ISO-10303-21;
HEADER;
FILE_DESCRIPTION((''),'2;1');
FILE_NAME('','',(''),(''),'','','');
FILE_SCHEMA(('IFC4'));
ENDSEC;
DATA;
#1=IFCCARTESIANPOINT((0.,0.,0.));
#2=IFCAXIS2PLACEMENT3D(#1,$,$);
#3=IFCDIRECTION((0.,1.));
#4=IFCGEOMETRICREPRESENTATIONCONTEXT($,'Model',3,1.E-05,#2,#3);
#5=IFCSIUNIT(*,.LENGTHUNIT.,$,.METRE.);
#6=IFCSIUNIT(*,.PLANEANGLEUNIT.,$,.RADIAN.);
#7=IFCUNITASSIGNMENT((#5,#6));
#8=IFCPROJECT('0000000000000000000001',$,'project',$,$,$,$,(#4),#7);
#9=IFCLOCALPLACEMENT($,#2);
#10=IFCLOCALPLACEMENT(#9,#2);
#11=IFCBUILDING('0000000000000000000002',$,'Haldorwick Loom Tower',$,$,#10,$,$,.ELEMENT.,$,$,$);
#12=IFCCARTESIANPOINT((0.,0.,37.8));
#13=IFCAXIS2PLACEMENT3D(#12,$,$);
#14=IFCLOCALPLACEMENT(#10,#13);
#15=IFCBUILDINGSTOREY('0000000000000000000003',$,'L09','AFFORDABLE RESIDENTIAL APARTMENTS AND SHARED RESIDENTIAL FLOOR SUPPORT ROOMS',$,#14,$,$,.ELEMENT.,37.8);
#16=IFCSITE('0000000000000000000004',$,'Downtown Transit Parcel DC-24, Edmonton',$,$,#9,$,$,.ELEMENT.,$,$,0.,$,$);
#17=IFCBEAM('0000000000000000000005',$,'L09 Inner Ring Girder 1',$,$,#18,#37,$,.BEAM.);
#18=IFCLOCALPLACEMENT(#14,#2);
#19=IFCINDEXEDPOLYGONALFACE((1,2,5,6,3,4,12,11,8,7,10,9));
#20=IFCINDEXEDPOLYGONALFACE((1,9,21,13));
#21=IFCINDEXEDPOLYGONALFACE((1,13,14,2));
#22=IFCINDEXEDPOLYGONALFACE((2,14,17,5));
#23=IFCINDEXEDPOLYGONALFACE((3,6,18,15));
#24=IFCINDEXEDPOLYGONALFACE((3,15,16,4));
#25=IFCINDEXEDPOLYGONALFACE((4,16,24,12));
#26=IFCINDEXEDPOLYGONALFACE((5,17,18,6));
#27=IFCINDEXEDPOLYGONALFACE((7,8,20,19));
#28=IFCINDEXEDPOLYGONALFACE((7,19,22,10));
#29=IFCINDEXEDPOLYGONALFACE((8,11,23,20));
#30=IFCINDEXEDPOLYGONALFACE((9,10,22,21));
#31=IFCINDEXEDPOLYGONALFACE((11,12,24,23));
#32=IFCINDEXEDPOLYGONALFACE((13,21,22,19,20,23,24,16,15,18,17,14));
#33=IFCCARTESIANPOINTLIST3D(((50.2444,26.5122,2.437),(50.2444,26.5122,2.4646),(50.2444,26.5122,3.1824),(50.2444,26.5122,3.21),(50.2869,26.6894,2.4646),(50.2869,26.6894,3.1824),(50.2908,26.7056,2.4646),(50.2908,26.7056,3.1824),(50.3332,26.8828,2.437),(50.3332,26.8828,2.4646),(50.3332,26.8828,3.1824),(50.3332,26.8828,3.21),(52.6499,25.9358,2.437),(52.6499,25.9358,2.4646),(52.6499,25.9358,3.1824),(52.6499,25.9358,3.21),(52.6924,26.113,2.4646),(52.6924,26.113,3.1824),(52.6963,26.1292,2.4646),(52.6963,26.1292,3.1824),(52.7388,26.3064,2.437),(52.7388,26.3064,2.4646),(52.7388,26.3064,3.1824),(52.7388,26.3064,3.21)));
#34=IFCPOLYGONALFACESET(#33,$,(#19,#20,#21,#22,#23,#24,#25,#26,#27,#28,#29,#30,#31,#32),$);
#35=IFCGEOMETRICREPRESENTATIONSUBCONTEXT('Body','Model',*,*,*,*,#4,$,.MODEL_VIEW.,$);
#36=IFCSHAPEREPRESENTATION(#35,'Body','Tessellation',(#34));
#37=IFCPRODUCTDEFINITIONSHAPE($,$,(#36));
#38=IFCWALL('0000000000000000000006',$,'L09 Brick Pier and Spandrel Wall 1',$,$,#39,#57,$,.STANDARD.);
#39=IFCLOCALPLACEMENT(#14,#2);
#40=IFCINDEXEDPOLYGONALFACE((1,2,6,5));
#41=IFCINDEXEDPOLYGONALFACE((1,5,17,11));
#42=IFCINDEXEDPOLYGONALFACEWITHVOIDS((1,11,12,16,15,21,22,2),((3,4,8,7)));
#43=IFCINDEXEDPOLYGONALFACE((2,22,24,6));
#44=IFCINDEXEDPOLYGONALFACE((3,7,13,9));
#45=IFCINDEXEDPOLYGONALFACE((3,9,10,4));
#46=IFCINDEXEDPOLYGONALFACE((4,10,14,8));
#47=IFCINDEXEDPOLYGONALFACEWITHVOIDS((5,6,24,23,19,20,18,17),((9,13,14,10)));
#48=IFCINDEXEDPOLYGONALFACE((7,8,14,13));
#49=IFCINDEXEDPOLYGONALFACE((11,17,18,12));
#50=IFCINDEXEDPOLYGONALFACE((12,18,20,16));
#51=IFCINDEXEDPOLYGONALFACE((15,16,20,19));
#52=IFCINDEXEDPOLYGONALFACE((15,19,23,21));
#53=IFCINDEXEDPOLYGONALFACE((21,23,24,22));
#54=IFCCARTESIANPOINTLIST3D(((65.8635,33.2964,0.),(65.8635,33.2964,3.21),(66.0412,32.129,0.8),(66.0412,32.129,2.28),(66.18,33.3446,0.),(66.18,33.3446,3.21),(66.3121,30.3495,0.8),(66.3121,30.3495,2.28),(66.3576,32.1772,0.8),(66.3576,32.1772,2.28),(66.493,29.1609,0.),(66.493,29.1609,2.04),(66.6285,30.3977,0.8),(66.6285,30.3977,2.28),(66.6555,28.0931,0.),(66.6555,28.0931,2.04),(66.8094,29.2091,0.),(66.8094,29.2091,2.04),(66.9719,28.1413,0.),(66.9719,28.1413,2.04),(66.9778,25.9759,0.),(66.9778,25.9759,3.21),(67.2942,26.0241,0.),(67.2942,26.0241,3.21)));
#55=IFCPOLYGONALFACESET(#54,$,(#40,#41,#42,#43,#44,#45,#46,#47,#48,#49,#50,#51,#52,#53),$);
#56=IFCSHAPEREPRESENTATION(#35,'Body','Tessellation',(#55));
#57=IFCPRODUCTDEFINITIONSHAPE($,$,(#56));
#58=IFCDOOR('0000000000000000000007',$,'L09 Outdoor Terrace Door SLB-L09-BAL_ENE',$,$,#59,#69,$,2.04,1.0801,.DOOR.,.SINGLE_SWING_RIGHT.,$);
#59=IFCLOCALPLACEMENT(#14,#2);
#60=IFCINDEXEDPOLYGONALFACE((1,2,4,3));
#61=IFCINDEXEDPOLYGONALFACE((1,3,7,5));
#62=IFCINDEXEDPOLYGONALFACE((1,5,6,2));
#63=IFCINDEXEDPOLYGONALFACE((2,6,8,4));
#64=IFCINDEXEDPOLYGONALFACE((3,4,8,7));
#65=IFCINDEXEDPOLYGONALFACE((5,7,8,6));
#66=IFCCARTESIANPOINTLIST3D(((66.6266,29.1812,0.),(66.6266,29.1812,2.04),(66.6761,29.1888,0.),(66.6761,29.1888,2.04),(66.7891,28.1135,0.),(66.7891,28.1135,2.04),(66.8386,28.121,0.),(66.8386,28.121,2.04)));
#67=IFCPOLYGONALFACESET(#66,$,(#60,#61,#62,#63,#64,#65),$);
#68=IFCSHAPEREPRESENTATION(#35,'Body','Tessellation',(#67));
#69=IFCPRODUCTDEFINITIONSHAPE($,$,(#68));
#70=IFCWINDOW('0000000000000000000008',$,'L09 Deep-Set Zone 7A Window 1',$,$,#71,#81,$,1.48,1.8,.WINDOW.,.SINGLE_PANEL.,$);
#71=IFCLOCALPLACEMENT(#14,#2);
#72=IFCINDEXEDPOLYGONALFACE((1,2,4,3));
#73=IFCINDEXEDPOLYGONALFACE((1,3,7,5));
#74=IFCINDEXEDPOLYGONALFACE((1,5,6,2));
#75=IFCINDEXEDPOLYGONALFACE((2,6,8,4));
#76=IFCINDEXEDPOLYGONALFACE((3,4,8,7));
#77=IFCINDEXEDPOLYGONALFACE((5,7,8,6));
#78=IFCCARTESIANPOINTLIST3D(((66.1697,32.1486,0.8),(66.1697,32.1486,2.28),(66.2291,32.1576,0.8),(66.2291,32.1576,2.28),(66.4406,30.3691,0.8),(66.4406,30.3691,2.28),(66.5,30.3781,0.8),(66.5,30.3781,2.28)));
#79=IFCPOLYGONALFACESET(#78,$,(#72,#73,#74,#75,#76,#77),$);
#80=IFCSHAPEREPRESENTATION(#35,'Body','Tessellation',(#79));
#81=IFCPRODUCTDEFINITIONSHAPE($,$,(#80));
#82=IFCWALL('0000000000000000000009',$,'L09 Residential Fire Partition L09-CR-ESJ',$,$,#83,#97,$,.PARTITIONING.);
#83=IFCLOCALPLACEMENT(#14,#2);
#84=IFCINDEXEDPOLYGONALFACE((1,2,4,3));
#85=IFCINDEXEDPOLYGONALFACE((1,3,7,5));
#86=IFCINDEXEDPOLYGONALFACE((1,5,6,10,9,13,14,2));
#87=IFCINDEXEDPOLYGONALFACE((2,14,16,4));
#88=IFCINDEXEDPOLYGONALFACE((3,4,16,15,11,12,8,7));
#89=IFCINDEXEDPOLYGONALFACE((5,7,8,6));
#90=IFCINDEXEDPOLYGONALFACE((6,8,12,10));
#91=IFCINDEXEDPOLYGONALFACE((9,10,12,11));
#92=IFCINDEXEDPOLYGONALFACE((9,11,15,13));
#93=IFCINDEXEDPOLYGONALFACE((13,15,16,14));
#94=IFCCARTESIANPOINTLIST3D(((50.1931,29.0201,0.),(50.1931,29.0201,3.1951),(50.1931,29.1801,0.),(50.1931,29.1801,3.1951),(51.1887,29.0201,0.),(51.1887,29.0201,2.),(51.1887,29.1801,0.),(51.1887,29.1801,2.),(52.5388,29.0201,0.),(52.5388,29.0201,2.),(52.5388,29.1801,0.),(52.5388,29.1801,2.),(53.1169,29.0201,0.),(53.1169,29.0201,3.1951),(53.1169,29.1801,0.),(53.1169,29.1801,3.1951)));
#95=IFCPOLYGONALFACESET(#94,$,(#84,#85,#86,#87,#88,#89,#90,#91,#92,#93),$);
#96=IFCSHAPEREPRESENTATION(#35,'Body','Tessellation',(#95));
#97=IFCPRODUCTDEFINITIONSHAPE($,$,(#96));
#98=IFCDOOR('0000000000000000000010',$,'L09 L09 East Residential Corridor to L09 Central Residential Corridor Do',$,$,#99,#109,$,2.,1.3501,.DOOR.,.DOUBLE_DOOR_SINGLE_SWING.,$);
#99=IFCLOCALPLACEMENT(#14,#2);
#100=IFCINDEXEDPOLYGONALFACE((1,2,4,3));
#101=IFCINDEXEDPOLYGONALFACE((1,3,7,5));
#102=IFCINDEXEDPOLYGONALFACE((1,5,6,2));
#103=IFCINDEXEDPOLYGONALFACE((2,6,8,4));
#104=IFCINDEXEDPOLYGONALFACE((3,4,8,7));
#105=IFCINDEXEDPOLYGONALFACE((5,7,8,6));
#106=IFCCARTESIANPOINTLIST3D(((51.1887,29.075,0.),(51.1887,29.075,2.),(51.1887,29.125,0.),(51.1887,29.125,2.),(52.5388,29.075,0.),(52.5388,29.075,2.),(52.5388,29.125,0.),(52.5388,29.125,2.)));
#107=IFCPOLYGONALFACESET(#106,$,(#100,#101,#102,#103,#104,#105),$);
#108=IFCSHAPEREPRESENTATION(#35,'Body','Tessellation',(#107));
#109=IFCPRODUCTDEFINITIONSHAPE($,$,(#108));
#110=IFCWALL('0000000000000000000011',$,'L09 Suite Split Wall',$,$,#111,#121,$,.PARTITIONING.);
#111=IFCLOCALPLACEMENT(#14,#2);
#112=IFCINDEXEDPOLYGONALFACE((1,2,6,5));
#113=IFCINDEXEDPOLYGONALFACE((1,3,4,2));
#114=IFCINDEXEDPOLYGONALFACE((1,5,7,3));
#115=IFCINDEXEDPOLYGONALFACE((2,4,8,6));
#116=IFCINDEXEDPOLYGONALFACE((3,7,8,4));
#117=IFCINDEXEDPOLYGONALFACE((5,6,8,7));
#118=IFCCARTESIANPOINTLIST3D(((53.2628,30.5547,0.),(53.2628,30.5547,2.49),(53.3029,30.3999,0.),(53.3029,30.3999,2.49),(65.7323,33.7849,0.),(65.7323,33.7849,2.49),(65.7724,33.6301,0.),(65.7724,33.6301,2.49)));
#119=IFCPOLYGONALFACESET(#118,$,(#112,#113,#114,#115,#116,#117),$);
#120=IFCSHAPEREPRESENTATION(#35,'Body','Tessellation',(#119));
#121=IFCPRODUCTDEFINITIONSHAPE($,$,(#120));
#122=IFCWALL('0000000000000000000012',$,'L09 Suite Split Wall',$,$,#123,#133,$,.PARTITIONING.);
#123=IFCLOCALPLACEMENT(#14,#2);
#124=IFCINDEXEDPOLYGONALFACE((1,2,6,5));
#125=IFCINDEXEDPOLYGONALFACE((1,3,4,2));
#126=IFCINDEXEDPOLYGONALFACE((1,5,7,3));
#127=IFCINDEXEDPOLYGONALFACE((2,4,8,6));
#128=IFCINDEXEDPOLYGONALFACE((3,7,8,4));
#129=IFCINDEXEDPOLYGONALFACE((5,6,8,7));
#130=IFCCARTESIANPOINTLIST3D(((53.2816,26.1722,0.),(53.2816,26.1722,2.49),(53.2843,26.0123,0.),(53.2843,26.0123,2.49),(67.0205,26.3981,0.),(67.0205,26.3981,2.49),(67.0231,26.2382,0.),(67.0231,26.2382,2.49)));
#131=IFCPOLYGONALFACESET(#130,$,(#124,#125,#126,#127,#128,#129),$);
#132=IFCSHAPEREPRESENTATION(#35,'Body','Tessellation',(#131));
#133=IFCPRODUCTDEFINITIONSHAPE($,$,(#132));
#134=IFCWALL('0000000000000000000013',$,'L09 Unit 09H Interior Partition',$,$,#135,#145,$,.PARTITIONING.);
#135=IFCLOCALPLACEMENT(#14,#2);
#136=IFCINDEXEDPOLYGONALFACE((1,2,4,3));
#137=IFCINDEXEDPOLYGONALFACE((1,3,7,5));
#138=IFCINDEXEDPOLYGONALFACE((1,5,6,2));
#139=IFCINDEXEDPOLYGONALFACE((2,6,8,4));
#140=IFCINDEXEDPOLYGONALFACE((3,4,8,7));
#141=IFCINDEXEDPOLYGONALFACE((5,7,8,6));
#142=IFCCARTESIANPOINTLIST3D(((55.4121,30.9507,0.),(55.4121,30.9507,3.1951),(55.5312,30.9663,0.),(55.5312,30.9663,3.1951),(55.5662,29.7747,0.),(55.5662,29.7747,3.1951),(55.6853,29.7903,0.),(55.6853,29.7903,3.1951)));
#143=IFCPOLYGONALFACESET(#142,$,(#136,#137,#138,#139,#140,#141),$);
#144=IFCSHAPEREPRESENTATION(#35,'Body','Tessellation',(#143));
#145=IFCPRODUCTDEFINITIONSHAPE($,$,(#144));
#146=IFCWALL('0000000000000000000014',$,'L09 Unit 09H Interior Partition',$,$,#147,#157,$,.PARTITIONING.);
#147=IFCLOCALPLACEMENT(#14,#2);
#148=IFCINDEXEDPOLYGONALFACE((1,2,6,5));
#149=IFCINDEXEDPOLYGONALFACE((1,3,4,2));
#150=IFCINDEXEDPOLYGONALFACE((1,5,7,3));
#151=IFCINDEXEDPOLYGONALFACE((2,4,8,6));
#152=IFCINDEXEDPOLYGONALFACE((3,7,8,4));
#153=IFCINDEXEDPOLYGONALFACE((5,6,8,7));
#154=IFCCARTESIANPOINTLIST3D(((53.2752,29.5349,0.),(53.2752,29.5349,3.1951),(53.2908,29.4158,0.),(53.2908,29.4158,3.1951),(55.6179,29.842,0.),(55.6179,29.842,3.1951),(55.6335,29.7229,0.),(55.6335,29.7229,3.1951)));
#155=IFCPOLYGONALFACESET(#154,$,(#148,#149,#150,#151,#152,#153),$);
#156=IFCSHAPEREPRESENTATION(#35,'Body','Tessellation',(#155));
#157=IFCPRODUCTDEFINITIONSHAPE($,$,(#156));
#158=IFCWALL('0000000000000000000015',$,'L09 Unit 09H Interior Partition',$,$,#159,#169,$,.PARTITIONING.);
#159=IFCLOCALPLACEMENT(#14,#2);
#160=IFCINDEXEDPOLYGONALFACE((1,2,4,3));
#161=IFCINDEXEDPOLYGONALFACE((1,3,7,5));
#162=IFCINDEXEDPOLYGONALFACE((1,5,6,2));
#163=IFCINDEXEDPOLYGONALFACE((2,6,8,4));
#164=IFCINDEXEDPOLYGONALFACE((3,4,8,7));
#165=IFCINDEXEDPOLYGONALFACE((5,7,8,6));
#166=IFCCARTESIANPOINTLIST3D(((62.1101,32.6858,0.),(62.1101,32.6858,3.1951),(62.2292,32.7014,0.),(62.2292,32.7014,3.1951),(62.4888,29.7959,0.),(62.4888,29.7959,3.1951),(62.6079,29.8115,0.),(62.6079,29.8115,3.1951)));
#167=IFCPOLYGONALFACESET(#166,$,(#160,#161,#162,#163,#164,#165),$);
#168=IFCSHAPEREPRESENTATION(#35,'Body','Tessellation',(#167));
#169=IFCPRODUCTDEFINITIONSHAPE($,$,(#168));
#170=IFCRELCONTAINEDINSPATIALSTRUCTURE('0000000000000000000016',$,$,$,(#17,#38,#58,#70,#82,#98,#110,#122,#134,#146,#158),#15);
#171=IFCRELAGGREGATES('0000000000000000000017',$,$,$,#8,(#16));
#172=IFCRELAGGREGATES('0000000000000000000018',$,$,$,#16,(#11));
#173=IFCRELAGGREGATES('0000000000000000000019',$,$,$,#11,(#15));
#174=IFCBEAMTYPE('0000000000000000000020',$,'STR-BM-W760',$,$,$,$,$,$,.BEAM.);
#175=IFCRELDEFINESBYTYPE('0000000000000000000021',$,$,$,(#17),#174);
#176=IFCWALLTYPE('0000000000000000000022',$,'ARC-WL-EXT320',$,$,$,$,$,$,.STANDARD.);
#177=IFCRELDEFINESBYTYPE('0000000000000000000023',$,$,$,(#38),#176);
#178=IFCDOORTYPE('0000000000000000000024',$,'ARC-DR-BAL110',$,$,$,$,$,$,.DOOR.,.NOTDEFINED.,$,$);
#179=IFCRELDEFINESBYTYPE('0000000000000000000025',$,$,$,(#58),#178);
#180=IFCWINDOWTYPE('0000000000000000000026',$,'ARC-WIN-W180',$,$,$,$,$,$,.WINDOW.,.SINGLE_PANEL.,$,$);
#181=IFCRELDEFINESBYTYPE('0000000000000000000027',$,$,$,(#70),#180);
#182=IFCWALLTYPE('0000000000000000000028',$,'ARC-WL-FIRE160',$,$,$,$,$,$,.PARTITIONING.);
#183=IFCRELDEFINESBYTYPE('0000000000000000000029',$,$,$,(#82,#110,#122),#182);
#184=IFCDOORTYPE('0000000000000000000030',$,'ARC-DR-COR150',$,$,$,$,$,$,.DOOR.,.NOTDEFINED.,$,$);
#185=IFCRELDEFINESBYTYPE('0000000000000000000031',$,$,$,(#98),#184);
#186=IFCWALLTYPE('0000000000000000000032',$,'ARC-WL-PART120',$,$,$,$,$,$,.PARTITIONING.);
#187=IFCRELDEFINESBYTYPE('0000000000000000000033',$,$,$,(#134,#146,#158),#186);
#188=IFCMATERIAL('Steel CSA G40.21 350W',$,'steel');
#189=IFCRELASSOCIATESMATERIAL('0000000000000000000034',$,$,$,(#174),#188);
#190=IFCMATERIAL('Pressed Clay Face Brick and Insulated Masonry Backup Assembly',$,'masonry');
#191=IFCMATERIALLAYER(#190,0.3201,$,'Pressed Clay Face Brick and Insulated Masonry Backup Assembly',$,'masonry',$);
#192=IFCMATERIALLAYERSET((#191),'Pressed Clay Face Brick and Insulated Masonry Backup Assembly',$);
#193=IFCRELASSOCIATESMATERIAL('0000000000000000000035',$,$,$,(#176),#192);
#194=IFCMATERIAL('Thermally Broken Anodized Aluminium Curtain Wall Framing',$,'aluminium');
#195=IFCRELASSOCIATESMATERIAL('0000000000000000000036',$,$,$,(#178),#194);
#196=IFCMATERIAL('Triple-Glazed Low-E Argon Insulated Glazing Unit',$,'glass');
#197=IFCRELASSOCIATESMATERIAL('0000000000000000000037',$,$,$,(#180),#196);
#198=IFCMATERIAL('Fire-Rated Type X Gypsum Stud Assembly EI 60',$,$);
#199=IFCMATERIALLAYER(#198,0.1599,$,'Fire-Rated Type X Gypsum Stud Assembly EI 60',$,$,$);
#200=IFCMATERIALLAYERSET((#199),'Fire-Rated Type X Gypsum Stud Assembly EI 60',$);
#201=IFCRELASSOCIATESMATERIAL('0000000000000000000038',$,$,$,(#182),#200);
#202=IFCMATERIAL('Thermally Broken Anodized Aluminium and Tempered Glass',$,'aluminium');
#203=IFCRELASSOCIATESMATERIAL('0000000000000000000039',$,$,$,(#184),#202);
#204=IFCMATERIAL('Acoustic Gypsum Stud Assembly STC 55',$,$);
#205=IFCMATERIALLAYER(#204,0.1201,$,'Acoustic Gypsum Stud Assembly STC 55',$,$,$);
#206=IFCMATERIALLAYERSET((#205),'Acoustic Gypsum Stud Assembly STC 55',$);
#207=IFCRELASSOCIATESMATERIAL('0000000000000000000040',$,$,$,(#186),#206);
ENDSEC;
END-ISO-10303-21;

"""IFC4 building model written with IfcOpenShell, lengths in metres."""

from ifc_helpers import new_model, si_unit, direction, frame, frame_2d, origin, origin_2d, place, context, subcontext, project, spatial, rectangle, i_section, extrude, material, layer, layer_set, material_profile, profile_set, type_object, element, fill, save


model = new_model("IFC4")

# Units and contexts
model_context = context("Model", 3, precision=1e-05, world=origin(), true_north=direction((0.0, 1.0)))
body_context = subcontext(model_context, "Body", "Model", "MODEL_VIEW")
ifc_project = project(units=[si_unit("LENGTHUNIT", "METRE"), si_unit("PLANEANGLEUNIT", "RADIAN")], contexts=[model_context])

# Site, building, storey
site_placement = place(None, origin())
site = spatial("IfcSite", under=ifc_project, at=site_placement, Name="Downtown Transit Parcel DC-24, Edmonton", CompositionType="ELEMENT", RefElevation=0.0)
building_placement = place(site_placement, origin())
building = spatial("IfcBuilding", under=site, at=building_placement, Name="Haldorwick Loom Tower", CompositionType="ELEMENT")
storey_placement = place(building_placement, frame((0.0, 0.0, 37.8)))
storey = spatial("IfcBuildingStorey", under=building, at=storey_placement, Name="L09", Description="AFFORDABLE RESIDENTIAL APARTMENTS AND SHARED RESIDENTIAL FLOOR SUPPORT ROOMS", CompositionType="ELEMENT", Elevation=37.8)

# Beam
ifc_material_1 = material(Name="Steel CSA G40.21 350W", Category="steel")
ifc_material_profile_1 = material_profile(ifc_material_1, i_section(OverallWidth=0.3811, OverallDepth=0.7729, WebThickness=0.0166, FlangeThickness=0.0276, at=origin_2d()), Name="W760X257", Category="steel")
ifc_profile_set_1 = profile_set([ifc_material_profile_1], Name="Steel CSA G40.21 350W")
beam_type_1 = type_object("IfcBeamType", Name="STR-BM-W760", PredefinedType="BEAM", material=ifc_profile_set_1)
beam_1_placement = place(storey_placement, frame((50.2888, 26.6975, 2.8235), z_axis=(0.972471, -0.233026, 0.0), x_axis=(0.233026, 0.972471, 0.0)))
element("IfcBeam", 1, at=beam_1_placement, inside=storey, type_object=beam_type_1, Name="L09 Inner Ring Girder 1", PredefinedType="BEAM", context=body_context, shape_type="SweptSolid", body=[
    extrude(i_section(OverallWidth=0.3811, OverallDepth=0.7729, WebThickness=0.0166, FlangeThickness=0.0276, at=origin_2d()), origin(), (0.0, 0.0, 1.0), 2.4736),
])

# Wall, openings, door, window
ifc_material_2 = material(Name="Pressed Clay Face Brick and Insulated Masonry Backup Assembly", Category="masonry")
ifc_layer_1 = layer(ifc_material_2, 0.3201, Name="Pressed Clay Face Brick and Insulated Masonry Backup Assembly", Category="masonry")
ifc_layer_set_1 = layer_set([ifc_layer_1], Name="Pressed Clay Face Brick and Insulated Masonry Backup Assembly")
wall_type_1 = type_object("IfcWallType", Name="ARC-WL-EXT320", PredefinedType="STANDARD", material=ifc_layer_set_1)
wall_1_placement = place(storey_placement, frame((67.136, 26.0, 0.0), z_axis=(0.0, 0.0, 1.0), x_axis=(-0.150476, 0.988614, 0.0)))
wall_1 = element("IfcWall", 2, at=wall_1_placement, inside=storey, type_object=wall_type_1, Name="L09 Brick Pier and Spandrel Wall 1", PredefinedType="STANDARD", context=body_context, shape_type="SweptSolid", body=[
    extrude(rectangle(XDim=7.4048, YDim=0.3201, at=frame_2d((3.7024, 0.0))), origin(), (0.0, 0.0, 1.0), 3.21),
])
opening_1_placement = place(wall_1_placement, frame((2.1416, 0.0, 0.0)))
opening_1 = element("IfcOpeningElement", 3, at=opening_1_placement, cuts=wall_1, PredefinedType="OPENING", context=body_context, shape_type="SweptSolid", body=[
    extrude(rectangle(XDim=1.0801, YDim=2.04, at=frame_2d((0.54, 1.02))), frame((0.0, 0.1699, 0.0), z_axis=(0.0, -1.0, 0.0), x_axis=(1.0, 0.0, 0.0)), (0.0, 0.0, 1.0), 0.3401),
])
opening_2_placement = place(wall_1_placement, frame((4.4241, 0.0, 0.8)))
opening_2 = element("IfcOpeningElement", 4, at=opening_2_placement, cuts=wall_1, PredefinedType="OPENING", context=body_context, shape_type="SweptSolid", body=[
    extrude(rectangle(XDim=1.8, YDim=1.48, at=frame_2d((0.8999, 0.74))), frame((0.0, 0.1699, 0.0), z_axis=(0.0, -1.0, 0.0), x_axis=(1.0, 0.0, 0.0)), (0.0, 0.0, 1.0), 0.3401),
])
ifc_material_3 = material(Name="Thermally Broken Anodized Aluminium Curtain Wall Framing", Category="aluminium")
door_type_1 = type_object("IfcDoorType", Name="ARC-DR-BAL110", OperationType="NOTDEFINED", PredefinedType="DOOR", material=ifc_material_3)
door_1_placement = place(opening_1_placement, origin())
door_1 = element("IfcDoor", 5, at=door_1_placement, inside=storey, type_object=door_type_1, Name="L09 Outdoor Terrace Door SLB-L09-BAL_ENE", OperationType="SINGLE_SWING_RIGHT", OverallHeight=2.04, OverallWidth=1.0801, PredefinedType="DOOR", context=body_context, shape_type="SweptSolid", body=[
    extrude(rectangle(XDim=1.0801, YDim=2.04, at=frame_2d((0.54, 1.02))), frame((0.0, 0.0249, 0.0), z_axis=(0.0, -1.0, 0.0), x_axis=(1.0, 0.0, 0.0)), (0.0, 0.0, 1.0), 0.05),
])
fill(opening_1, door_1)
ifc_material_4 = material(Name="Triple-Glazed Low-E Argon Insulated Glazing Unit", Category="glass")
window_type = type_object("IfcWindowType", Name="ARC-WIN-W180", PartitioningType="SINGLE_PANEL", PredefinedType="WINDOW", material=ifc_material_4)
window_placement = place(opening_2_placement, origin())
window = element("IfcWindow", 6, at=window_placement, inside=storey, type_object=window_type, Name="L09 Deep-Set Zone 7A Window 1", OverallHeight=1.48, OverallWidth=1.8, PartitioningType="SINGLE_PANEL", PredefinedType="WINDOW", context=body_context, shape_type="SweptSolid", body=[
    extrude(rectangle(XDim=1.8, YDim=1.48, at=frame_2d((0.8999, 0.74))), frame((0.0, 0.03, 0.0), z_axis=(0.0, -1.0, 0.0), x_axis=(1.0, 0.0, 0.0)), (0.0, 0.0, 1.0), 0.0601),
])
fill(opening_2, window)

# Wall, opening, door
ifc_material_5 = material(Name="Fire-Rated Type X Gypsum Stud Assembly EI 60")
ifc_layer_2 = layer(ifc_material_5, 0.1599, Name="Fire-Rated Type X Gypsum Stud Assembly EI 60")
ifc_layer_set_2 = layer_set([ifc_layer_2], Name="Fire-Rated Type X Gypsum Stud Assembly EI 60")
wall_type_2 = type_object("IfcWallType", Name="ARC-WL-FIRE160", PredefinedType="PARTITIONING", material=ifc_layer_set_2)
wall_2_placement = place(storey_placement, frame((50.1931, 29.1001, 0.0), z_axis=(0.0, 0.0, 1.0), x_axis=(1.0, 0.0, 0.0)))
wall_2 = element("IfcWall", 7, at=wall_2_placement, inside=storey, type_object=wall_type_2, Name="L09 Residential Fire Partition L09-CR-ESJ", PredefinedType="PARTITIONING", context=body_context, shape_type="SweptSolid", body=[
    extrude(rectangle(XDim=2.9238, YDim=0.1599, at=frame_2d((1.4619, 0.0))), origin(), (0.0, 0.0, 1.0), 3.1951),
])
opening_3_placement = place(wall_2_placement, frame((0.9956, 0.0, 0.0)))
opening_3 = element("IfcOpeningElement", 8, at=opening_3_placement, cuts=wall_2, PredefinedType="OPENING", context=body_context, shape_type="SweptSolid", body=[
    extrude(rectangle(XDim=1.3501, YDim=2.0, at=frame_2d((0.675, 1.0))), frame((0.0, 0.0898, 0.0), z_axis=(0.0, -1.0, 0.0), x_axis=(1.0, 0.0, 0.0)), (0.0, 0.0, 1.0), 0.1799),
])
ifc_material_6 = material(Name="Thermally Broken Anodized Aluminium and Tempered Glass", Category="aluminium")
door_type_2 = type_object("IfcDoorType", Name="ARC-DR-COR150", OperationType="NOTDEFINED", PredefinedType="DOOR", material=ifc_material_6)
door_2_placement = place(opening_3_placement, origin())
door_2 = element("IfcDoor", 9, at=door_2_placement, inside=storey, type_object=door_type_2, Name="L09 L09 East Residential Corridor to L09 Central Residential Corridor Do", OperationType="DOUBLE_DOOR_SINGLE_SWING", OverallHeight=2.0, OverallWidth=1.3501, PredefinedType="DOOR", context=body_context, shape_type="SweptSolid", body=[
    extrude(rectangle(XDim=1.3501, YDim=2.0, at=frame_2d((0.675, 1.0))), frame((0.0, 0.0249, 0.0), z_axis=(0.0, -1.0, 0.0), x_axis=(1.0, 0.0, 0.0)), (0.0, 0.0, 1.0), 0.05),
])
fill(opening_3, door_2)

# Walls
wall_3_placement = place(storey_placement, frame((53.283, 30.4773, 0.0), z_axis=(0.0, 0.0, 1.0), x_axis=(0.968046, 0.250773, 0.0)))
element("IfcWall", 10, at=wall_3_placement, inside=storey, type_object=wall_type_2, Name="L09 Suite Split Wall", PredefinedType="PARTITIONING", context=body_context, shape_type="SweptSolid", body=[
    extrude(rectangle(XDim=12.8811, YDim=0.1599, at=frame_2d((6.4404, 0.0))), origin(), (0.0, 0.0, 1.0), 2.49),
])
wall_4_placement = place(storey_placement, frame((53.283, 26.0923, 0.0), z_axis=(0.0, 0.0, 1.0), x_axis=(0.999865, 0.016435, 0.0)))
element("IfcWall", 11, at=wall_4_placement, inside=storey, type_object=wall_type_2, Name="L09 Suite Split Wall", PredefinedType="PARTITIONING", context=body_context, shape_type="SweptSolid", body=[
    extrude(rectangle(XDim=13.7407, YDim=0.1599, at=frame_2d((6.8704, 0.0))), origin(), (0.0, 0.0, 1.0), 2.49),
])
ifc_material_7 = material(Name="Acoustic Gypsum Stud Assembly STC 55")
ifc_layer_3 = layer(ifc_material_7, 0.1201, Name="Acoustic Gypsum Stud Assembly STC 55")
ifc_layer_set_3 = layer_set([ifc_layer_3], Name="Acoustic Gypsum Stud Assembly STC 55")
wall_type_3 = type_object("IfcWallType", Name="ARC-WL-PART120", PredefinedType="PARTITIONING", material=ifc_layer_set_3)
wall_5_placement = place(storey_placement, frame((55.6257, 29.7825, 0.0), z_axis=(0.0, 0.0, 1.0), x_axis=(-0.129885, 0.991529, 0.0)))
element("IfcWall", 12, at=wall_5_placement, inside=storey, type_object=wall_type_3, Name="L09 Unit 09H Interior Partition", PredefinedType="PARTITIONING", context=body_context, shape_type="SweptSolid", body=[
    extrude(rectangle(XDim=1.186, YDim=0.1201, at=frame_2d((0.593, 0.0))), origin(), (0.0, 0.0, 1.0), 3.1951),
])
wall_6_placement = place(storey_placement, frame((53.283, 29.4753, 0.0), z_axis=(0.0, 0.0, 1.0), x_axis=(0.991516, 0.129984, 0.0)))
element("IfcWall", 13, at=wall_6_placement, inside=storey, type_object=wall_type_3, Name="L09 Unit 09H Interior Partition", PredefinedType="PARTITIONING", context=body_context, shape_type="SweptSolid", body=[
    extrude(rectangle(XDim=2.3628, YDim=0.1201, at=frame_2d((1.1814, 0.0))), origin(), (0.0, 0.0, 1.0), 3.1951),
])
wall_7_placement = place(storey_placement, frame((62.5483, 29.8037, 0.0), z_axis=(0.0, 0.0, 1.0), x_axis=(-0.129919, 0.991525, 0.0)))
element("IfcWall", 14, at=wall_7_placement, inside=storey, type_object=wall_type_3, Name="L09 Unit 09H Interior Partition", PredefinedType="PARTITIONING", context=body_context, shape_type="SweptSolid", body=[
    extrude(rectangle(XDim=2.9146, YDim=0.1201, at=frame_2d((1.4573, 0.0))), origin(), (0.0, 0.0, 1.0), 3.1951),
])

save(model, "model.ifc")
